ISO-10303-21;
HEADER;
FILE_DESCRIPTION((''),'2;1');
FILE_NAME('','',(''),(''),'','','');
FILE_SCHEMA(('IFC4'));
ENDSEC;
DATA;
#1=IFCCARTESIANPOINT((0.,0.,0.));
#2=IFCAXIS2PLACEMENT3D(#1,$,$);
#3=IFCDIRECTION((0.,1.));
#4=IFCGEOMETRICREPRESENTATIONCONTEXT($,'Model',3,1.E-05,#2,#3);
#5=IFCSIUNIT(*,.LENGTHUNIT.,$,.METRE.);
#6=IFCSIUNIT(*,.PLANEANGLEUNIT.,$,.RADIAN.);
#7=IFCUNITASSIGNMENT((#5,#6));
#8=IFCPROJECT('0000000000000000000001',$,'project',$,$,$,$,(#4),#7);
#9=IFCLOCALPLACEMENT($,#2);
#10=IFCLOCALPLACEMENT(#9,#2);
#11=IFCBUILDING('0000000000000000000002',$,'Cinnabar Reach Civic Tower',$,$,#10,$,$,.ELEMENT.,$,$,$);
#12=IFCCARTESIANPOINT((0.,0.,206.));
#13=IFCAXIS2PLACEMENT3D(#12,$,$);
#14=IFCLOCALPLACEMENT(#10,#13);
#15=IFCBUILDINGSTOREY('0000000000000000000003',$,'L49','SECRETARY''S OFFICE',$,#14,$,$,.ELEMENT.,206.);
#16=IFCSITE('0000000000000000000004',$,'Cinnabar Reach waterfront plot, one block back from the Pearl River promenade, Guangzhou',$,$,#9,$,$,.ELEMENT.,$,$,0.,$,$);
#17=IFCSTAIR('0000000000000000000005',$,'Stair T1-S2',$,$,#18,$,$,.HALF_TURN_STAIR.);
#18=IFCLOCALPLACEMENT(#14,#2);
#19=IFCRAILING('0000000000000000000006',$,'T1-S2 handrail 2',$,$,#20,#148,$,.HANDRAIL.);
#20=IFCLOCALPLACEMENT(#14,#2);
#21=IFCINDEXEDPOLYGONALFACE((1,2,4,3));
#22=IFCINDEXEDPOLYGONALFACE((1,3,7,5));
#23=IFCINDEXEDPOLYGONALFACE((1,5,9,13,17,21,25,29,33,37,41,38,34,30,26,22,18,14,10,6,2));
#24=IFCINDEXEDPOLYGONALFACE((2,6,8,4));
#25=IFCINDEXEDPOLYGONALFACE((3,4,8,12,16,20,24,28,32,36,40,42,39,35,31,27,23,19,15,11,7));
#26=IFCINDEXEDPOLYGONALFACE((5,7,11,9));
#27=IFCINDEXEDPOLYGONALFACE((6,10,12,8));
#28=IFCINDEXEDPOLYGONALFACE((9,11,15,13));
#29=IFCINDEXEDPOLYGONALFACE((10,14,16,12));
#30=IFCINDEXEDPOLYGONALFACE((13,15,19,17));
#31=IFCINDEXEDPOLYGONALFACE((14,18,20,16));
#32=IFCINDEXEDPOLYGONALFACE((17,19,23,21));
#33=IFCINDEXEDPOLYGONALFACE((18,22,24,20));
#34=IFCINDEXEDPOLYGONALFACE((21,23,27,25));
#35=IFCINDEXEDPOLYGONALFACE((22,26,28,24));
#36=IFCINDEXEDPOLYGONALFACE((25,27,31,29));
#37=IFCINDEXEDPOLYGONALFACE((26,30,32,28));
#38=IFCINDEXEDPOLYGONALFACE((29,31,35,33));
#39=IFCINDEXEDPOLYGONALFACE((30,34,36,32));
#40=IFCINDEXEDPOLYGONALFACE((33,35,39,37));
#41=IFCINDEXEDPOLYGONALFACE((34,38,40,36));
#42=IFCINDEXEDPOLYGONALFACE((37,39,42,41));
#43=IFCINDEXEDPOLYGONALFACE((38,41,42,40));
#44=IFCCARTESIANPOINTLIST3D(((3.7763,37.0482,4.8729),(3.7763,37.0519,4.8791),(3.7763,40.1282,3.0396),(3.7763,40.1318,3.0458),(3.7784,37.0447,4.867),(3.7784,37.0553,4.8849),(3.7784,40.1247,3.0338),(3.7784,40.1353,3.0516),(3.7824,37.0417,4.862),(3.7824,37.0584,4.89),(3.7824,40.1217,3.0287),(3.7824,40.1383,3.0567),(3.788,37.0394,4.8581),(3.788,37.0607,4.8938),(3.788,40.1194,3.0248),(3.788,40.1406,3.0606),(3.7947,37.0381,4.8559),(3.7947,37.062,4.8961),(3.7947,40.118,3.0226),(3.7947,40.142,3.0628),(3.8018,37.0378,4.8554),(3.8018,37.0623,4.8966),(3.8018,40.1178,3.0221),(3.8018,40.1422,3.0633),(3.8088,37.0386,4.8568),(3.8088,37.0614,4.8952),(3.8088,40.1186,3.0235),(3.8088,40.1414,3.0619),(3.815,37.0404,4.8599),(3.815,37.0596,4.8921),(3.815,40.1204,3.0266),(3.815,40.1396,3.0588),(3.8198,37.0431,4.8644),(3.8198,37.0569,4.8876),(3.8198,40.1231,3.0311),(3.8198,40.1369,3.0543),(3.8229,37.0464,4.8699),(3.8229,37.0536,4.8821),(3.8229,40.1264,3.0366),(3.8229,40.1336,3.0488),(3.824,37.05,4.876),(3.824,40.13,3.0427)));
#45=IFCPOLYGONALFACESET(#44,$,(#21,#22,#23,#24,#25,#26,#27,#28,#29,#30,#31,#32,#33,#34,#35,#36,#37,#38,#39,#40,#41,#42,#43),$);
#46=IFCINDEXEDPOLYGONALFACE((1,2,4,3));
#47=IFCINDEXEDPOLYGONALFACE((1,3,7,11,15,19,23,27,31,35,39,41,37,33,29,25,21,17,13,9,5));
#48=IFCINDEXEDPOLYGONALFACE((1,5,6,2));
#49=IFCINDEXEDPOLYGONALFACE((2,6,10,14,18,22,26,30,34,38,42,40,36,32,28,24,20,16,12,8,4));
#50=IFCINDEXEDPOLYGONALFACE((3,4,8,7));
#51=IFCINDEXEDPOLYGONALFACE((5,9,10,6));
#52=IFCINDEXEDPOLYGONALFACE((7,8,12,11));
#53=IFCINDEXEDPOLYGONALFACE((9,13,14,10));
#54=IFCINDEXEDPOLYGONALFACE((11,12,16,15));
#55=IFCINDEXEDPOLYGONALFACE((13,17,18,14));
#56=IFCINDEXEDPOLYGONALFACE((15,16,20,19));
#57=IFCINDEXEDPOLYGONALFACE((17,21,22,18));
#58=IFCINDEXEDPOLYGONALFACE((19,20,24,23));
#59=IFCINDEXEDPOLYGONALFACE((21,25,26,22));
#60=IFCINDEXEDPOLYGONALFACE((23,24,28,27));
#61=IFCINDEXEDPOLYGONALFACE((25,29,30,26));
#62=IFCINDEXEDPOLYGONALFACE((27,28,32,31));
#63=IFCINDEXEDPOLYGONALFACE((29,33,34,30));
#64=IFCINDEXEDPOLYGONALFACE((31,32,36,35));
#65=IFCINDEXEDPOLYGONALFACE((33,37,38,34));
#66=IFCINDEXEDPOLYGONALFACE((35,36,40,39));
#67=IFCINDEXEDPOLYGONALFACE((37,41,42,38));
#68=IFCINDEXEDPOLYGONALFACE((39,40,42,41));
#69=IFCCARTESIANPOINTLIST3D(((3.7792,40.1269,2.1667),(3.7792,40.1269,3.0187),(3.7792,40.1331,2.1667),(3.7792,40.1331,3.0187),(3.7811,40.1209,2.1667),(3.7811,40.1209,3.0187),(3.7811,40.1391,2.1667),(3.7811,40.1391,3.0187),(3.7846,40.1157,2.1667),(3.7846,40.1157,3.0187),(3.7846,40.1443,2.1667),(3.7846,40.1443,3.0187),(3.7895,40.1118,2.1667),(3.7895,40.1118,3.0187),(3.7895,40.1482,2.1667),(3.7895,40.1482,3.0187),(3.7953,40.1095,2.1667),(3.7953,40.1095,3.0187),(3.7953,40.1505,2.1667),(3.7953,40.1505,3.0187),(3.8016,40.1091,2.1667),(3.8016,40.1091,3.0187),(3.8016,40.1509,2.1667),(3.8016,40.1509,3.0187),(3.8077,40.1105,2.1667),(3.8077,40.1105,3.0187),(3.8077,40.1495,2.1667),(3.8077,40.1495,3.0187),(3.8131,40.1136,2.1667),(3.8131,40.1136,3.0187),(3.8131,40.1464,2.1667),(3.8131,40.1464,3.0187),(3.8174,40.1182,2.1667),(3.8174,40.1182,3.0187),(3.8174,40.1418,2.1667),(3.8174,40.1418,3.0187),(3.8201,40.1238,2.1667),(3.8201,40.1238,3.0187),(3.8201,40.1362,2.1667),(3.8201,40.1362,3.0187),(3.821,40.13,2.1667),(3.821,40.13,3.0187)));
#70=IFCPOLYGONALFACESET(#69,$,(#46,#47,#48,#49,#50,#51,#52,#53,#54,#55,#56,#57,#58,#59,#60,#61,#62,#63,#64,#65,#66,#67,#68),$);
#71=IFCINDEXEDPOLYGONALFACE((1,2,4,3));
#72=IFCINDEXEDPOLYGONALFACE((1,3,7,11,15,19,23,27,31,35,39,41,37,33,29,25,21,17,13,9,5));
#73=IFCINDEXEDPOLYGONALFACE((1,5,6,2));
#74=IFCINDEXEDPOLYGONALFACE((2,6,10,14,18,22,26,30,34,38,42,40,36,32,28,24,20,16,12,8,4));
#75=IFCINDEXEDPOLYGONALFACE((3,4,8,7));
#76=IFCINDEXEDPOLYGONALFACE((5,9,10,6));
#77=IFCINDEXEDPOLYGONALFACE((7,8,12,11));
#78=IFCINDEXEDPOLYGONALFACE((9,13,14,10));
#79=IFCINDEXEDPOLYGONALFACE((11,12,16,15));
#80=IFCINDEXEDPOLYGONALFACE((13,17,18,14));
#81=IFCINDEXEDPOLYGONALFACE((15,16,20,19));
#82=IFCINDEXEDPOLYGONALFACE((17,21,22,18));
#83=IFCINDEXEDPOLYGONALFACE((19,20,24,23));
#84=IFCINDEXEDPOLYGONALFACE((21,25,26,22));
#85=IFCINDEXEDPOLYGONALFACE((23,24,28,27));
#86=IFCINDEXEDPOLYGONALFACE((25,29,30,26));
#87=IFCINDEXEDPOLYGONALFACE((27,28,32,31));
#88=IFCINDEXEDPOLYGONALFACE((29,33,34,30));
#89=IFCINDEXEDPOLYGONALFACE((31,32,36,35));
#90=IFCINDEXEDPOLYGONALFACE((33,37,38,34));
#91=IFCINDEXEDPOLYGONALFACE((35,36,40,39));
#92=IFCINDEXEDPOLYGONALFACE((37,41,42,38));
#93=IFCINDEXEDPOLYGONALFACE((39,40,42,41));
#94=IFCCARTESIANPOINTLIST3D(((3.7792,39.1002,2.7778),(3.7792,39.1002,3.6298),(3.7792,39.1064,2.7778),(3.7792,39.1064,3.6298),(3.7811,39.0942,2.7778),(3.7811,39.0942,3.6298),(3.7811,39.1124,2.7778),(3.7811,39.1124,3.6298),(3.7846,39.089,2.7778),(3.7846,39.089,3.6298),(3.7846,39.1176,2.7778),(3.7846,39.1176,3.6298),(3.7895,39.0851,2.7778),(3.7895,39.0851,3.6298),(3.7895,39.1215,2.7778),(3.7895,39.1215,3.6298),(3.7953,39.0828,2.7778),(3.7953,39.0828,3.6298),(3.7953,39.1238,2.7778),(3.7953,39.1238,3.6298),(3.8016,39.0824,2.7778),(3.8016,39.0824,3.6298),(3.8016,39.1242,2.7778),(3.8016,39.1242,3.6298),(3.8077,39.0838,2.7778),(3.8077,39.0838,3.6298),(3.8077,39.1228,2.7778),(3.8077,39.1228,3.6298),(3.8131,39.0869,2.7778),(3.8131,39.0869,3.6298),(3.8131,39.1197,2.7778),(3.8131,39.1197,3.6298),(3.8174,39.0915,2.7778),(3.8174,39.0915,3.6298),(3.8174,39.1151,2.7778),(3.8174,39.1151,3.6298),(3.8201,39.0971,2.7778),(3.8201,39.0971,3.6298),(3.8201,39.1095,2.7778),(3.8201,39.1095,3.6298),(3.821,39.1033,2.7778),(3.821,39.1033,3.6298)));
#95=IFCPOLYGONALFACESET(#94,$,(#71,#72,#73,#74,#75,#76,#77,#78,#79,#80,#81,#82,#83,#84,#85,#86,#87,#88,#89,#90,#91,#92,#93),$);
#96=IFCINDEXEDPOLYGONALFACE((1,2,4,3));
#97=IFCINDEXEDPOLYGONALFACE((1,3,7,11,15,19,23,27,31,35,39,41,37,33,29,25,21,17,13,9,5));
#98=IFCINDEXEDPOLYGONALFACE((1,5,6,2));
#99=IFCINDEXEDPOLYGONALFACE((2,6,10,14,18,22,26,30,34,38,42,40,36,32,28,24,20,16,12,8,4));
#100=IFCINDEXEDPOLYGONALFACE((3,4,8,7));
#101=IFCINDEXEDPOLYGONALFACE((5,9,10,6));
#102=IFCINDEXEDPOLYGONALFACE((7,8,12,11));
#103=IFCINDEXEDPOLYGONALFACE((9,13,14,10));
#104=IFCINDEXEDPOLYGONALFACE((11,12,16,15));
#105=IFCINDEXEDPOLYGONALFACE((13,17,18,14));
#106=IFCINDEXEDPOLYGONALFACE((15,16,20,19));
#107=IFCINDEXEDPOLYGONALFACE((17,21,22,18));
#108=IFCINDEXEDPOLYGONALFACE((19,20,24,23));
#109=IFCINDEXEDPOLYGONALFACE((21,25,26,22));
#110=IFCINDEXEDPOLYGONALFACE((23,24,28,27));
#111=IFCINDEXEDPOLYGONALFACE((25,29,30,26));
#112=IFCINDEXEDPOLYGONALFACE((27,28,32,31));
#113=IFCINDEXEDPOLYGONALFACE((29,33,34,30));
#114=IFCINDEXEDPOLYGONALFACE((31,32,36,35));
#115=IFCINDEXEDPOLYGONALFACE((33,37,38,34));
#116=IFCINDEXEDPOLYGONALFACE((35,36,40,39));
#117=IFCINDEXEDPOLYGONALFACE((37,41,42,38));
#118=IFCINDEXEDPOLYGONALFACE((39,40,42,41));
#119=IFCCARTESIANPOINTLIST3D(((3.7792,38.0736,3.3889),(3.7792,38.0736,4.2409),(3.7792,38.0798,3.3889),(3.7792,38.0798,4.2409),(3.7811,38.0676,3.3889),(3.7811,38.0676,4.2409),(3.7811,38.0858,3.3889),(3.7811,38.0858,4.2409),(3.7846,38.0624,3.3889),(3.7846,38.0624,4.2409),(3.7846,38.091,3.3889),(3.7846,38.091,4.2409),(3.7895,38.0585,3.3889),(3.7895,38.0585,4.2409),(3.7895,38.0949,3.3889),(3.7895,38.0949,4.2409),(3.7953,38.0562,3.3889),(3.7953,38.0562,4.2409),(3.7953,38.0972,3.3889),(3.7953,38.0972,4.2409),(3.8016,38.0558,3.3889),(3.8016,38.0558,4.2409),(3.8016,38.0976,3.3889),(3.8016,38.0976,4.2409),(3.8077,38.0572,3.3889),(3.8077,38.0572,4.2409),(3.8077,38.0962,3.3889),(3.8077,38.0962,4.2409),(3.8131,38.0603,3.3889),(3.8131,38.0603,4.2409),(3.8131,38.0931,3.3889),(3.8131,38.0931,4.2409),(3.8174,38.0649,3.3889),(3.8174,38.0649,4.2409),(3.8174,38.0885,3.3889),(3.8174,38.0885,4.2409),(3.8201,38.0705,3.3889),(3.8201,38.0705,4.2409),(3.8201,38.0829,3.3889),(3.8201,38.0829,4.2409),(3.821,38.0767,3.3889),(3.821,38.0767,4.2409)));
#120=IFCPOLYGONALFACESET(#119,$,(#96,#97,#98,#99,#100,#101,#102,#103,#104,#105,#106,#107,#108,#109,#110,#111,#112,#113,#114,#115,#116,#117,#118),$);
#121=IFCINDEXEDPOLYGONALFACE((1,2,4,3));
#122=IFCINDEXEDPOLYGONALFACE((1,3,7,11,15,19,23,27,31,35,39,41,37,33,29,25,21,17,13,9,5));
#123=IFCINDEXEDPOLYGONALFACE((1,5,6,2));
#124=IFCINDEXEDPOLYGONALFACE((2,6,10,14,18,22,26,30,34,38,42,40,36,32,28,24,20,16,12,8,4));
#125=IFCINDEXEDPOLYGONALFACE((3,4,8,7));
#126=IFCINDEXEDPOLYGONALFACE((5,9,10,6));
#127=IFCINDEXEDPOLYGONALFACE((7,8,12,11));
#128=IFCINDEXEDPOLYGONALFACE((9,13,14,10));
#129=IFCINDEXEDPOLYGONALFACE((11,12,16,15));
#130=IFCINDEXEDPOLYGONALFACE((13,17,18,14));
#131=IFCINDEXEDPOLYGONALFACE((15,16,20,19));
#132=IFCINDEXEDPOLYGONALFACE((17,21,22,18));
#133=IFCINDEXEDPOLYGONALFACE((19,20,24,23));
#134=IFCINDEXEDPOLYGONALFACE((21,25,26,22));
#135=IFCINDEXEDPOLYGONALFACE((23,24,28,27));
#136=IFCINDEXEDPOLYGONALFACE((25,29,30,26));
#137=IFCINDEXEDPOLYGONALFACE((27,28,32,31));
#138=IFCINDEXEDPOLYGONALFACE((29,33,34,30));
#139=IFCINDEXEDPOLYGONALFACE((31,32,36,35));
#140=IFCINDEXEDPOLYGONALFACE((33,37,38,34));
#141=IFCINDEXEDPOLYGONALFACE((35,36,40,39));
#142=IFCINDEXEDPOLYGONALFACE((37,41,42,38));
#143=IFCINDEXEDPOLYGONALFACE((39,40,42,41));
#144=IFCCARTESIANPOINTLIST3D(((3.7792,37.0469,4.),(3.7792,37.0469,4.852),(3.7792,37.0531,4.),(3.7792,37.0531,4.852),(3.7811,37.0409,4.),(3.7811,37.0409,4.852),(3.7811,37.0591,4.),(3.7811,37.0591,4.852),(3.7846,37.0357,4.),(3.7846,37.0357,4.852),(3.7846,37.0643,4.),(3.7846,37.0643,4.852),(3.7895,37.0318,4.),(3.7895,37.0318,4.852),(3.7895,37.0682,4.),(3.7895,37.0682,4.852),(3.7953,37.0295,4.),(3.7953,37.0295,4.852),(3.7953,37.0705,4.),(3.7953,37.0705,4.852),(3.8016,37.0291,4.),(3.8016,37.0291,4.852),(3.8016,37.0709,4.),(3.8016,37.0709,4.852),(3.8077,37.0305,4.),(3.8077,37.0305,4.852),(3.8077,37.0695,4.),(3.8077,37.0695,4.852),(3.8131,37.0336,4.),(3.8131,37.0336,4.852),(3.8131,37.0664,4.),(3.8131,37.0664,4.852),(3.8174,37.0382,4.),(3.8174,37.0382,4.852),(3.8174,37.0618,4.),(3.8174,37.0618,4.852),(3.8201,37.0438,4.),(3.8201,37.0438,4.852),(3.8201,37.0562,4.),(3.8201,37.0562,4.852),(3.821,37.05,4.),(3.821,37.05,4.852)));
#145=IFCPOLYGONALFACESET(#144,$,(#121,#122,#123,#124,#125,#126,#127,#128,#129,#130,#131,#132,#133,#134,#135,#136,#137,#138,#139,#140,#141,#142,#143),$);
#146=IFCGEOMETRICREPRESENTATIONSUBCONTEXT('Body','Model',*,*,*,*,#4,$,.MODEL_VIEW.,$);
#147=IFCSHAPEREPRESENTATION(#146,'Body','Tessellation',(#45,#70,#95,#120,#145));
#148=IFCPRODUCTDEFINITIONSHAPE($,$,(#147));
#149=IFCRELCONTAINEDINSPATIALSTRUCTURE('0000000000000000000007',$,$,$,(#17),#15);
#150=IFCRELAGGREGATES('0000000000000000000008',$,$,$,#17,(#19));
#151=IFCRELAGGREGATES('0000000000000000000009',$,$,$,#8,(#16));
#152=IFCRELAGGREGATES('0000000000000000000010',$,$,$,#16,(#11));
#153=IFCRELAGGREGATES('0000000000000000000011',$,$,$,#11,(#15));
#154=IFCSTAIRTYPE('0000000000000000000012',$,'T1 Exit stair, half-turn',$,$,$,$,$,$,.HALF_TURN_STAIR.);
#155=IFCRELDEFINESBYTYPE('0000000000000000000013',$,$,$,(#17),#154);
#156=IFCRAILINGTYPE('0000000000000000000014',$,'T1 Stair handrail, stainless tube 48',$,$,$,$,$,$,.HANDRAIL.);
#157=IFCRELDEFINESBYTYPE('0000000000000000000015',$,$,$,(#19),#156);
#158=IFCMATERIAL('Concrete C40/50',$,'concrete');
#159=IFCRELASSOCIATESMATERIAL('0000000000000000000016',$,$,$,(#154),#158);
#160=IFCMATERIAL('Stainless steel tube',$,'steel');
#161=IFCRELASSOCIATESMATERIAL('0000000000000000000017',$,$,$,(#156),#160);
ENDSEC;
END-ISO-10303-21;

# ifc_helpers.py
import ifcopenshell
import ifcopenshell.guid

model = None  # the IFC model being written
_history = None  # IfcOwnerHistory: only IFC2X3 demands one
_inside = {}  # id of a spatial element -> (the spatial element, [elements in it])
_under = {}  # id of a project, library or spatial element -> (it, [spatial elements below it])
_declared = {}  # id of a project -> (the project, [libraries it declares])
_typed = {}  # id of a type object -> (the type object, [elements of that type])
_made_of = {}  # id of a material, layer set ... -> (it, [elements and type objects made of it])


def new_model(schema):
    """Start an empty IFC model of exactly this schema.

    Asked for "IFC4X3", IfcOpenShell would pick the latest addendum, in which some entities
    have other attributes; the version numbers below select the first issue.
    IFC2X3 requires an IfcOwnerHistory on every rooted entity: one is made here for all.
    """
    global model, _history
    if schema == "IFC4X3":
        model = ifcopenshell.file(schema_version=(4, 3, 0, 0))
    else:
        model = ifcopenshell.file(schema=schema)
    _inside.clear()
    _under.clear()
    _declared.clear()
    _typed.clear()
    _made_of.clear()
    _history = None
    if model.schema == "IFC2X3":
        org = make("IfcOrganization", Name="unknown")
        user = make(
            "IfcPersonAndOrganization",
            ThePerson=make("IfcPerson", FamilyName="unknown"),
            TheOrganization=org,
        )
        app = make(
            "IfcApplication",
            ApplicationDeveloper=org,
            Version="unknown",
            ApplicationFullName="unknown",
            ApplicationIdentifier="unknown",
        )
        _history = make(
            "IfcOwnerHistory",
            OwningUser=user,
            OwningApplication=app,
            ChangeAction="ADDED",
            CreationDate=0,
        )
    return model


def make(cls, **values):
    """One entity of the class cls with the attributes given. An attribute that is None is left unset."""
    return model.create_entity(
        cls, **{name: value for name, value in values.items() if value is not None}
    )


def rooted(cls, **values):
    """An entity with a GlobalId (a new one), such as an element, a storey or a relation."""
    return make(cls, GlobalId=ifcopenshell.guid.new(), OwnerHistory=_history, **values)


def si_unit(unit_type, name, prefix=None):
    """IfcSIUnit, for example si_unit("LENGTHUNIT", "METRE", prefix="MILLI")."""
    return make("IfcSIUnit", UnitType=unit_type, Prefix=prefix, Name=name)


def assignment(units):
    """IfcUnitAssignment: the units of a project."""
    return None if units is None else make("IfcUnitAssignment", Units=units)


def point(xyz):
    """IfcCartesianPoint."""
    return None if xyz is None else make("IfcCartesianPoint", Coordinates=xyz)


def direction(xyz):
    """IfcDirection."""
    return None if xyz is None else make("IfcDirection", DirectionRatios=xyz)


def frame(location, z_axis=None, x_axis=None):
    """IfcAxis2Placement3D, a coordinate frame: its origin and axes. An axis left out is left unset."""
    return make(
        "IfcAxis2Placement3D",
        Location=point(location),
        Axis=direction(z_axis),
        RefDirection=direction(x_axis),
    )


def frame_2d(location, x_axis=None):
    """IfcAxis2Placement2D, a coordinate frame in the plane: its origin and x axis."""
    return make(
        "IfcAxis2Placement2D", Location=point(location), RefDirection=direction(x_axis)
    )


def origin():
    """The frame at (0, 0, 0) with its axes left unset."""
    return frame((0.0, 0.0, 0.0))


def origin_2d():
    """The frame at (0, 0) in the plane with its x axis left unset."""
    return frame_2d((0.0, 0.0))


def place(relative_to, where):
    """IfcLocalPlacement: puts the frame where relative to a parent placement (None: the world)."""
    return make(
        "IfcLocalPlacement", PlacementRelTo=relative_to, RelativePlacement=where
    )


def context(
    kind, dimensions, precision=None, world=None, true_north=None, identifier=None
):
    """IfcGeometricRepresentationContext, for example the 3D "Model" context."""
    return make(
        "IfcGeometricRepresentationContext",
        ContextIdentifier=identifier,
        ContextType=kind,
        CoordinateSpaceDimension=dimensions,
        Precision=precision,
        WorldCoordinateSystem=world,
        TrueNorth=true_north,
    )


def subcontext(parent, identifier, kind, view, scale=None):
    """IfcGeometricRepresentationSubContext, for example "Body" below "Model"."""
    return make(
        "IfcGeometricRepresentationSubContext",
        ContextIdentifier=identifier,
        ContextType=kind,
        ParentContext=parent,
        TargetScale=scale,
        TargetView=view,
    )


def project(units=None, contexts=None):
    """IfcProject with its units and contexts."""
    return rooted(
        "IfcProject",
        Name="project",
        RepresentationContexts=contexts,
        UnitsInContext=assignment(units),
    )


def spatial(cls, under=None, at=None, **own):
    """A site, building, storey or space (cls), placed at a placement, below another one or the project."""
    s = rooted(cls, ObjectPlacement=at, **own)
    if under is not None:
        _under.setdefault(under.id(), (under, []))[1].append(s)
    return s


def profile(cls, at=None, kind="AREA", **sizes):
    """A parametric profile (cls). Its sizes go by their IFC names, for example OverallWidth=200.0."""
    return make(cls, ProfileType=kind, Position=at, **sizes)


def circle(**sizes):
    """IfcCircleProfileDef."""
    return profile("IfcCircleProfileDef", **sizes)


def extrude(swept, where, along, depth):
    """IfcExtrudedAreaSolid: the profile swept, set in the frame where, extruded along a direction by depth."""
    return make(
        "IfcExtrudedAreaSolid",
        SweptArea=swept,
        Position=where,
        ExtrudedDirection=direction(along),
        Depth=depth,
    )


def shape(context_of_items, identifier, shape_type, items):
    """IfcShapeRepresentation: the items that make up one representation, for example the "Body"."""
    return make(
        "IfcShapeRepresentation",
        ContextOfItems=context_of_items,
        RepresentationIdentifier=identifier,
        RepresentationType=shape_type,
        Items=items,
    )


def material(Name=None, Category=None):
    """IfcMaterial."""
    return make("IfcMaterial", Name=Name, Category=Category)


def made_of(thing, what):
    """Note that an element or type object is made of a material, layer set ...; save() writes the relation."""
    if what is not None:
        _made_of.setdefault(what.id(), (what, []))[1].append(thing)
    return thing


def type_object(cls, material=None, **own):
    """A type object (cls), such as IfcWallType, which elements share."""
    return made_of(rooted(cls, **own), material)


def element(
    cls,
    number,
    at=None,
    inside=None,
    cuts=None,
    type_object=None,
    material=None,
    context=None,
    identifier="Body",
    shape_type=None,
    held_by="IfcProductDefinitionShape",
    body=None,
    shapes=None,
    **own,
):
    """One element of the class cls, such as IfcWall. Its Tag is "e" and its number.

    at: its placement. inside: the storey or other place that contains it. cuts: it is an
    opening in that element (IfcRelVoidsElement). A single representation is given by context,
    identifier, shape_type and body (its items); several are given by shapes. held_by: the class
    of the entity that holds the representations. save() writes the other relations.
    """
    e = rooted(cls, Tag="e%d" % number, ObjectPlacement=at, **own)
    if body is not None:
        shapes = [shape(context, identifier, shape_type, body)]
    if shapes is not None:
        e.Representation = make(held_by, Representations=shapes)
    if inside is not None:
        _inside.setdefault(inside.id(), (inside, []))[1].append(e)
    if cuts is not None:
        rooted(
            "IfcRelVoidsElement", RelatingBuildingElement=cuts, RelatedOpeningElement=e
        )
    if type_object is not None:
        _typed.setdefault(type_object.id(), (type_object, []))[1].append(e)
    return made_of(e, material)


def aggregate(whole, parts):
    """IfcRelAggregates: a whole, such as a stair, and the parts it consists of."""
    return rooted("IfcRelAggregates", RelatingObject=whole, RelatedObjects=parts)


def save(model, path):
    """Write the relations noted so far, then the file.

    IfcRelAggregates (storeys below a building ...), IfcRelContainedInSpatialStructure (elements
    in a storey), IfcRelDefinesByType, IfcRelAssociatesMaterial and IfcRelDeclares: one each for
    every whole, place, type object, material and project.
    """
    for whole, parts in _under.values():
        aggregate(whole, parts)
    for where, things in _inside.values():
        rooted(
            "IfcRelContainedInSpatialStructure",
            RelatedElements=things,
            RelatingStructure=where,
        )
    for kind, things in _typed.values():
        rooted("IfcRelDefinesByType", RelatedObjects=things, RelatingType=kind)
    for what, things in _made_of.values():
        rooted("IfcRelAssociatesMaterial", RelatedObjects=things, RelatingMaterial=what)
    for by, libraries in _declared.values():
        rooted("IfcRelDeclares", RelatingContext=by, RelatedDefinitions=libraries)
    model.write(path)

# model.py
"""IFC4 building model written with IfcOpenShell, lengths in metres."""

from ifc_helpers import new_model, si_unit, direction, frame, origin, origin_2d, place, context, subcontext, project, spatial, circle, extrude, material, type_object, element, aggregate, save


model = new_model("IFC4")

# Units and contexts
model_context = context("Model", 3, precision=1e-05, world=origin(), true_north=direction((0.0, 1.0)))
body_context = subcontext(model_context, "Body", "Model", "MODEL_VIEW")
ifc_project = project(units=[si_unit("LENGTHUNIT", "METRE"), si_unit("PLANEANGLEUNIT", "RADIAN")], contexts=[model_context])

# Site, building, storey
site_placement = place(None, origin())
site = spatial("IfcSite", under=ifc_project, at=site_placement, Name="Cinnabar Reach waterfront plot, one block back from the Pearl River promenade, Guangzhou", CompositionType="ELEMENT", RefElevation=0.0)
building_placement = place(site_placement, origin())
building = spatial("IfcBuilding", under=site, at=building_placement, Name="Cinnabar Reach Civic Tower", CompositionType="ELEMENT")
storey_placement = place(building_placement, frame((0.0, 0.0, 206.0)))
storey = spatial("IfcBuildingStorey", under=building, at=storey_placement, Name="L49", Description="SECRETARY'S OFFICE", CompositionType="ELEMENT", Elevation=206.0)

# Shared definitions
ifc_material_1 = material(Name="Concrete C40/50", Category="concrete")

# Stair, railing
stair_type = type_object("IfcStairType", Name="T1 Exit stair, half-turn", PredefinedType="HALF_TURN_STAIR", material=ifc_material_1)
stair_placement = place(storey_placement, origin())
stair = element("IfcStair", 1, at=stair_placement, inside=storey, type_object=stair_type, Name="Stair T1-S2", PredefinedType="HALF_TURN_STAIR")
ifc_material_2 = material(Name="Stainless steel tube", Category="steel")
railing_type = type_object("IfcRailingType", Name="T1 Stair handrail, stainless tube 48", PredefinedType="HANDRAIL", material=ifc_material_2)
railing_1_placement = place(storey_placement, frame((3.8, 40.13, 2.1667)))
railing_1 = element("IfcRailing", 2, at=railing_1_placement, type_object=railing_type, Name="T1-S2 handrail 2", PredefinedType="HANDRAIL", context=body_context, shape_type="SweptSolid", body=[
    extrude(circle(Radius=0.024, at=origin_2d()), frame((0.0, 0.0, 0.876), z_axis=(0.0, -0.859297, 0.511477), x_axis=(1.0, 0.0, 0.0)), (0.0, 0.0, 1.0), 3.5843),
    extrude(circle(Radius=0.021, at=origin_2d()), origin(), (0.0, 0.0, 1.0), 0.852),
    extrude(circle(Radius=0.021, at=origin_2d()), frame((0.0, -1.0267, 0.6111)), (0.0, 0.0, 1.0), 0.852),
    extrude(circle(Radius=0.021, at=origin_2d()), frame((0.0, -2.0533, 1.2222)), (0.0, 0.0, 1.0), 0.852),
    extrude(circle(Radius=0.021, at=origin_2d()), frame((0.0, -3.08, 1.8333)), (0.0, 0.0, 1.0), 0.852),
])
aggregate(stair, [railing_1])

save(model, "model.ifc")
